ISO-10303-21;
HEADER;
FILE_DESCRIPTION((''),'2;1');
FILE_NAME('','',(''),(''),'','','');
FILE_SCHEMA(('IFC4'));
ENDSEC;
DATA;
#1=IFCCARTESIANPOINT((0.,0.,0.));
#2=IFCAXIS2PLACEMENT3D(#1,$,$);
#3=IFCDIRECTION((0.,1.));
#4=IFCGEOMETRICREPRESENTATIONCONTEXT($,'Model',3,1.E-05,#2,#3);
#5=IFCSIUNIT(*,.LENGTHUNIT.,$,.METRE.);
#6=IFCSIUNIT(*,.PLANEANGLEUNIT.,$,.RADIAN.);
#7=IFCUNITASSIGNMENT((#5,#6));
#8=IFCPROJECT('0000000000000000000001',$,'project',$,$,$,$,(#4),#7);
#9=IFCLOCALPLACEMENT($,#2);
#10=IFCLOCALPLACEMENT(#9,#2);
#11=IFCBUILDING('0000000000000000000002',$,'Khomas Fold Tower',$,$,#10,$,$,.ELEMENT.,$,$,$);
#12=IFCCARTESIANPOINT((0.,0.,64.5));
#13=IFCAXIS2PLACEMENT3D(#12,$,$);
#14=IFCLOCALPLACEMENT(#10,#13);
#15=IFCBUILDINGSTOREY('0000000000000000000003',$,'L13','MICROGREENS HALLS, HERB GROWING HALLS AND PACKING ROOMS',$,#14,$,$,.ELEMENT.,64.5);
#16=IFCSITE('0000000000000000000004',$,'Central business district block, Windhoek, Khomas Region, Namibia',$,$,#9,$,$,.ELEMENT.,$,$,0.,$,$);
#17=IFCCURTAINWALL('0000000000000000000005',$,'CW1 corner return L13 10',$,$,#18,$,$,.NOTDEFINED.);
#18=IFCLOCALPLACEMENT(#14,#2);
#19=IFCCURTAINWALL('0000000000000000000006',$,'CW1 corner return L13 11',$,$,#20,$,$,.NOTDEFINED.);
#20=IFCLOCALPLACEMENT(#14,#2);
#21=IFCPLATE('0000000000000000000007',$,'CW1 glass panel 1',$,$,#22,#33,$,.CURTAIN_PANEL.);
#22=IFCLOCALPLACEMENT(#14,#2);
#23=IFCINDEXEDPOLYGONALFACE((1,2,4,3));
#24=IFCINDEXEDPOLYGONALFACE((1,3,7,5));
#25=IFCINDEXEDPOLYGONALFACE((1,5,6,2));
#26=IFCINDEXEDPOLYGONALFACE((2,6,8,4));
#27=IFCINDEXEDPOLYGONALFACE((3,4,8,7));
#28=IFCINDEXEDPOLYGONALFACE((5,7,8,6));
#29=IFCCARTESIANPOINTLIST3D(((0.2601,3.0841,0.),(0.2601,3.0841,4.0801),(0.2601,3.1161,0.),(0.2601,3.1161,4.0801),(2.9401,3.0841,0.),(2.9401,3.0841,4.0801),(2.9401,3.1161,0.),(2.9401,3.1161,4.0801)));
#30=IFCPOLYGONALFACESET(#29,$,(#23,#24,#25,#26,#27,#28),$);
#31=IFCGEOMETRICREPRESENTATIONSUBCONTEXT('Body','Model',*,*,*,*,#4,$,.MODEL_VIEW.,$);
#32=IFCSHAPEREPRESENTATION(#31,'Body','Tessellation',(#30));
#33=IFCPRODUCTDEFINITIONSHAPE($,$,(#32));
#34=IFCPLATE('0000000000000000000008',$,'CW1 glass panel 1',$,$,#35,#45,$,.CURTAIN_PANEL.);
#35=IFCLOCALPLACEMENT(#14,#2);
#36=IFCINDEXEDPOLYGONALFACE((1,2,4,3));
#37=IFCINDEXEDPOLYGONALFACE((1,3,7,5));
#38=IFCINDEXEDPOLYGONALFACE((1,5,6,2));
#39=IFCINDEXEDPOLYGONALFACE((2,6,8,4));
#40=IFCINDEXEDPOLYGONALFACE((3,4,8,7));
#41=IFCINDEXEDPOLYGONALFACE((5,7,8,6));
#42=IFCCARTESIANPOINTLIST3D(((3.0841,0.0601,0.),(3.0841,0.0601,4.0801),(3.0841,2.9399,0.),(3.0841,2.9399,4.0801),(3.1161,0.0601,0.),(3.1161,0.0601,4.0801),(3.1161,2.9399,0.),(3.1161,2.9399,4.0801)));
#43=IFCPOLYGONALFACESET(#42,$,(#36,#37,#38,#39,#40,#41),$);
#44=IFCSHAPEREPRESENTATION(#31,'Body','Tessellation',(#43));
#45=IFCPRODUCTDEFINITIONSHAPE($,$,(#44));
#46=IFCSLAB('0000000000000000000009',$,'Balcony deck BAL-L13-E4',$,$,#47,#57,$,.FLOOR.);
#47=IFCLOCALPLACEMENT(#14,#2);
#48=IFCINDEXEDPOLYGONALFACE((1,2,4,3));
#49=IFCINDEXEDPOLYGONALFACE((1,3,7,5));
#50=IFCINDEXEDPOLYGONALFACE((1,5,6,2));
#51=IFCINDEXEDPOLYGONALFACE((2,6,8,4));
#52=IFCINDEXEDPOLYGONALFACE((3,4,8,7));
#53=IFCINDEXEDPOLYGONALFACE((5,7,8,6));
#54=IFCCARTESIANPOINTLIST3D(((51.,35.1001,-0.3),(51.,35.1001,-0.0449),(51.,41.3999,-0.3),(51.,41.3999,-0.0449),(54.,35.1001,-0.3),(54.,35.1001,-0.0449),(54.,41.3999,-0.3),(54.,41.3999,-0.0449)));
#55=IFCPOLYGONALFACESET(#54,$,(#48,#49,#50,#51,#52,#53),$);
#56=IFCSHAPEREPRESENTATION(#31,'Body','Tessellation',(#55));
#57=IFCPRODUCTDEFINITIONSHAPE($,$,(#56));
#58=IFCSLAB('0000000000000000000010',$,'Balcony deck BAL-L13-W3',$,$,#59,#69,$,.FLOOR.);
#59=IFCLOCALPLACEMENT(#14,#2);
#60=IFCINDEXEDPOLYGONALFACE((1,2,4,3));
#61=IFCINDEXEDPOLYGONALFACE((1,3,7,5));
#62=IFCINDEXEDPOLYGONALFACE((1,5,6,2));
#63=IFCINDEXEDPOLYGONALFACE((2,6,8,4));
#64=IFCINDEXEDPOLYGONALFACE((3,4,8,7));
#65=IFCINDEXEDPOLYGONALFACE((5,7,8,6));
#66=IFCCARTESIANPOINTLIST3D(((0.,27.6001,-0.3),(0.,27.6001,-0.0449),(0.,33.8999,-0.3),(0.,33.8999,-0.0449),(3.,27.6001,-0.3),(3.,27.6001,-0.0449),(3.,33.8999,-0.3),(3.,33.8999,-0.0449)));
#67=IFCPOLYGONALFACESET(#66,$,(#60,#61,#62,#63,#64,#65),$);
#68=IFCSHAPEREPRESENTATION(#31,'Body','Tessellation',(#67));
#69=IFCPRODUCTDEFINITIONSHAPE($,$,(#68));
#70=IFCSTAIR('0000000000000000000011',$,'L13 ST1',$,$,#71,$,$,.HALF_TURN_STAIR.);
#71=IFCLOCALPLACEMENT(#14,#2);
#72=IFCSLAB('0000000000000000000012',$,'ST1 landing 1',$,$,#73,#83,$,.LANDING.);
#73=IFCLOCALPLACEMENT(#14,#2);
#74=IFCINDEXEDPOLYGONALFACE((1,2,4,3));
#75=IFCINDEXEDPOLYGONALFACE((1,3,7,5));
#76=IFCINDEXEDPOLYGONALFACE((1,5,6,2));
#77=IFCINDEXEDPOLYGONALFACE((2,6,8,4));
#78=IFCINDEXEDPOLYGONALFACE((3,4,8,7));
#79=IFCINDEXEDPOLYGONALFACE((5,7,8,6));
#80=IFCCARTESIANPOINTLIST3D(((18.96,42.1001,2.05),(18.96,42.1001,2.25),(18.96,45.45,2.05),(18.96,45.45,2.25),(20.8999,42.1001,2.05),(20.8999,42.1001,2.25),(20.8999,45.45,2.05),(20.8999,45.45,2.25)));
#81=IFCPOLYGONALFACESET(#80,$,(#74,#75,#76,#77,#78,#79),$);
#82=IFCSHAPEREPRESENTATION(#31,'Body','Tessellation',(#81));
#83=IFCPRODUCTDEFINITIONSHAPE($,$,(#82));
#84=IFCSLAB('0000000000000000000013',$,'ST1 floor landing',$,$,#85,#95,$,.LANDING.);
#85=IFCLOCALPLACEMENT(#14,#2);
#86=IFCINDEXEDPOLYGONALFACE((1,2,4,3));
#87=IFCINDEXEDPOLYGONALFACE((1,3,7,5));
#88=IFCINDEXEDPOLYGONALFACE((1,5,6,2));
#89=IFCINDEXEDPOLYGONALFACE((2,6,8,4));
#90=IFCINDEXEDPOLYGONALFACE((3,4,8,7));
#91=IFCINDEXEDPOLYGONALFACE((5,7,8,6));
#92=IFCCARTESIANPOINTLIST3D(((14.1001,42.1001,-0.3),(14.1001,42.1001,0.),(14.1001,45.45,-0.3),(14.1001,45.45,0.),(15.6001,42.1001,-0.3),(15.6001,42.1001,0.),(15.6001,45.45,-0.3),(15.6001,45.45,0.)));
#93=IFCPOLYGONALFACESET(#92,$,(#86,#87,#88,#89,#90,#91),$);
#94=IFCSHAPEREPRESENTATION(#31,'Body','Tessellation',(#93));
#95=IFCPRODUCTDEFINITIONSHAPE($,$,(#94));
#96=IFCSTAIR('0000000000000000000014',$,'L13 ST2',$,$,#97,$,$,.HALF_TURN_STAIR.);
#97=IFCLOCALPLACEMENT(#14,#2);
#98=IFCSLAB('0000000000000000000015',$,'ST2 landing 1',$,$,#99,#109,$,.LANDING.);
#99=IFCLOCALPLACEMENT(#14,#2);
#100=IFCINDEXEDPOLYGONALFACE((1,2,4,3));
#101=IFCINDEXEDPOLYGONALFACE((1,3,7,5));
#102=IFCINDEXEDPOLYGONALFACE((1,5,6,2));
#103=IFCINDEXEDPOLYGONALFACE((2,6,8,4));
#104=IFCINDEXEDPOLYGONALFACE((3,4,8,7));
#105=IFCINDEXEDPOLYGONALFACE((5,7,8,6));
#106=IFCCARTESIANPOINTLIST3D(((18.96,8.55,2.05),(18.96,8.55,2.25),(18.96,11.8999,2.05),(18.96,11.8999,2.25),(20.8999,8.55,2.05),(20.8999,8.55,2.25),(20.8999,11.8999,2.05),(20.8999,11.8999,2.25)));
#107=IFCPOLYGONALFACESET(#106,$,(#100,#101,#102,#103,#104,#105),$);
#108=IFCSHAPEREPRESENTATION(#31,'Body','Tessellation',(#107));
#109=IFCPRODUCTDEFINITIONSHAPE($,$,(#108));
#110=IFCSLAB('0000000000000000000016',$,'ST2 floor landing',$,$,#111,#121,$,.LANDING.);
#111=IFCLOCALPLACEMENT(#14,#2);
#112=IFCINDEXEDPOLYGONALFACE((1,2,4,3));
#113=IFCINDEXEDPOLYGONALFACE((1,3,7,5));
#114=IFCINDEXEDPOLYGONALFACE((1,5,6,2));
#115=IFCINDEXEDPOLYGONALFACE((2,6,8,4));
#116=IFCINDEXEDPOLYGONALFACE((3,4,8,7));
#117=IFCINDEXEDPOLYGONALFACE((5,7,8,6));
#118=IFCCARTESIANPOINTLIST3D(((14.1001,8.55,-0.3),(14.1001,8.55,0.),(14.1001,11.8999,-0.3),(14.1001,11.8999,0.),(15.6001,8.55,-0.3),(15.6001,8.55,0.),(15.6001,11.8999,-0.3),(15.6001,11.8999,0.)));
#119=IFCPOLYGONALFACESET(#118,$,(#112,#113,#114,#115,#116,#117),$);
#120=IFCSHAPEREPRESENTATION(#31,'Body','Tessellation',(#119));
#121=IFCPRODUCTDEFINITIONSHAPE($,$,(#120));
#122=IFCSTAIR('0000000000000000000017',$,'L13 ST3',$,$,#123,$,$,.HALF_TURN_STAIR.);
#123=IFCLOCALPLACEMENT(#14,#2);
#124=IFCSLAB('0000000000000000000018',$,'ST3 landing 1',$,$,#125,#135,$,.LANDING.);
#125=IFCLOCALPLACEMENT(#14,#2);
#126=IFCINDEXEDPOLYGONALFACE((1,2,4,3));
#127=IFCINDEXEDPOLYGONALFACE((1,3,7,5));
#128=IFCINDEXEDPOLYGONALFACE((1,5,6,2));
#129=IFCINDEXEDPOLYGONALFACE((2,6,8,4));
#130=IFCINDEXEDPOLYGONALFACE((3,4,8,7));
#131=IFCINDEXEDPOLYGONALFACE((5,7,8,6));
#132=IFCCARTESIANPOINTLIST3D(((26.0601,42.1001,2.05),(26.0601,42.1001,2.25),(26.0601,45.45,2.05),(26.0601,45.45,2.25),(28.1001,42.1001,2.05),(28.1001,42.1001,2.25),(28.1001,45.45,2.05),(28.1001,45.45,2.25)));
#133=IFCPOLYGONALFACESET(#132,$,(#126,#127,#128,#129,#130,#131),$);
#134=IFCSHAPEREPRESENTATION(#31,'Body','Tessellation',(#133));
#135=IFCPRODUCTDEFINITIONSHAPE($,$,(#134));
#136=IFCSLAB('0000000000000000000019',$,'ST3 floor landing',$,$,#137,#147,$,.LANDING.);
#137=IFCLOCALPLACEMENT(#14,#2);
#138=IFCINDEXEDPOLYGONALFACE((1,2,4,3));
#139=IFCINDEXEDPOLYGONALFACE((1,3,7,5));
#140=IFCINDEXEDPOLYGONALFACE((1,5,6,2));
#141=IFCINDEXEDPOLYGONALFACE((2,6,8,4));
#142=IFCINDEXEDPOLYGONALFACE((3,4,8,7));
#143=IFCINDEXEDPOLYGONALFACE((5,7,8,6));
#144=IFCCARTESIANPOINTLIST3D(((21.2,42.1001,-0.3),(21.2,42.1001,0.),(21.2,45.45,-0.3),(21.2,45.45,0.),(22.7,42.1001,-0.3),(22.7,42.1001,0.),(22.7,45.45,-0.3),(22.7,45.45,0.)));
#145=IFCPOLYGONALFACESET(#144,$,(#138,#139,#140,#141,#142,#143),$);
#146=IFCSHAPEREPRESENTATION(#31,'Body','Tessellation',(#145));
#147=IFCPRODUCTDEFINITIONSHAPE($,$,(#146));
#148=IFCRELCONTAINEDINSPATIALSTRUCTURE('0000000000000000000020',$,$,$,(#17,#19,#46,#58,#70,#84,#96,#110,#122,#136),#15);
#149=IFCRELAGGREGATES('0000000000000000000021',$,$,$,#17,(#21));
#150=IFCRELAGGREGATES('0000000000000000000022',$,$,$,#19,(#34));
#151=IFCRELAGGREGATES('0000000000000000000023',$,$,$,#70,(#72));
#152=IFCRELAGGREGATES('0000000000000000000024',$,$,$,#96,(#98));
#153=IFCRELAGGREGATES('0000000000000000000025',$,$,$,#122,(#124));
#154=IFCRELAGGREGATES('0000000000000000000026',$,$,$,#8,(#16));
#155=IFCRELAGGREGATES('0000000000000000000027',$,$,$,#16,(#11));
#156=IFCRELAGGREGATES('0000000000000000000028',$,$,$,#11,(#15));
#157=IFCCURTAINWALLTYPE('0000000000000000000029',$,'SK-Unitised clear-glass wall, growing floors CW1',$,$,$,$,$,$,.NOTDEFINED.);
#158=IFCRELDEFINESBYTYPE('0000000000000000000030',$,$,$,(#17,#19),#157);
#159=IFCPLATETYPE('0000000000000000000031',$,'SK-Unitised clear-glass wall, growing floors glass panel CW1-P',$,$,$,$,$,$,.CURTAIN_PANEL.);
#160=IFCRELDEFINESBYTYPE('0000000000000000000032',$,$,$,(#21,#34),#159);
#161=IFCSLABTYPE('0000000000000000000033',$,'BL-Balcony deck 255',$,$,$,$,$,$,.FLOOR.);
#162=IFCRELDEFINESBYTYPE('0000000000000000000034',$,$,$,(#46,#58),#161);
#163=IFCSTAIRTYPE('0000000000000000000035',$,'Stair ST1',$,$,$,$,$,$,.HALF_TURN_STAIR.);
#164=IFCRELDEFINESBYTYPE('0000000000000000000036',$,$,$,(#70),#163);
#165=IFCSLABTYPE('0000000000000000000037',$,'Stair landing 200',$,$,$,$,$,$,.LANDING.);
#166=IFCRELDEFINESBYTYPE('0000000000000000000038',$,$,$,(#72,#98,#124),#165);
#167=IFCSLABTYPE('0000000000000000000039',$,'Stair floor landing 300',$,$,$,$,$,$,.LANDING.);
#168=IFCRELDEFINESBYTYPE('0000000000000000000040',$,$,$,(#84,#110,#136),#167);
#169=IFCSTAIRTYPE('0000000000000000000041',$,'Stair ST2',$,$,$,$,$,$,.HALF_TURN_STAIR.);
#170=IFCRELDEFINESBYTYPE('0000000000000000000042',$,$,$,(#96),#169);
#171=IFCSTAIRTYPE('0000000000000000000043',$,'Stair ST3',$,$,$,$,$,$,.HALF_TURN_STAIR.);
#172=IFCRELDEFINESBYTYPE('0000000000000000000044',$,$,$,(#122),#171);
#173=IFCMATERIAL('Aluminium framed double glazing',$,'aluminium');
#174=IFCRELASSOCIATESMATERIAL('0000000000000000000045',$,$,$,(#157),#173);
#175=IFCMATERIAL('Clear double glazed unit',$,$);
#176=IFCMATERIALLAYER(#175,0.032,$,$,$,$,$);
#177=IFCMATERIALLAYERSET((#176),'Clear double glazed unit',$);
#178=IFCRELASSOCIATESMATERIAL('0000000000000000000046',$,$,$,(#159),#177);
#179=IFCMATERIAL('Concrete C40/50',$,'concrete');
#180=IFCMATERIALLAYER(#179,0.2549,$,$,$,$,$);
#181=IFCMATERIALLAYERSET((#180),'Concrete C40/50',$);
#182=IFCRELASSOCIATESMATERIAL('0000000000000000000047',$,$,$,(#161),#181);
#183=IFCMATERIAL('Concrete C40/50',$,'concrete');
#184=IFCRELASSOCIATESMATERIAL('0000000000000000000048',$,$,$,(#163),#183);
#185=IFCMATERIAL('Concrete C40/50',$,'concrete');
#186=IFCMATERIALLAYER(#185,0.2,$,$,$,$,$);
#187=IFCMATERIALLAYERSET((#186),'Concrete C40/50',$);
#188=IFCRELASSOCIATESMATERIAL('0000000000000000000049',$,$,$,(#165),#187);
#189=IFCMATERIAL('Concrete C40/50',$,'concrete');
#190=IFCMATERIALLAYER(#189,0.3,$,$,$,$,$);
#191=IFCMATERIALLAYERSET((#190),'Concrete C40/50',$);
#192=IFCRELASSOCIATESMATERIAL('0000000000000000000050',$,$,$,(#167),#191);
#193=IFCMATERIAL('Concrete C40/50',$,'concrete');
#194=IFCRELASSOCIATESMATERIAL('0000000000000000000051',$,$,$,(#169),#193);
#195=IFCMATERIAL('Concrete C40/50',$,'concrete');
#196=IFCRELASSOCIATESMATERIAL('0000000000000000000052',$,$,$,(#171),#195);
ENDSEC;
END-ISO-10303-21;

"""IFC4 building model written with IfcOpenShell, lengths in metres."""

from ifc_helpers import new_model, si_unit, direction, frame, origin, origin_2d, place, context, subcontext, project, spatial, polyline, rectangle, outline, extrude, source, transform, mapped, material, layer, layer_set, type_object, element, aggregate, save


model = new_model("IFC4")

# Units and contexts
model_context = context("Model", 3, precision=1e-05, world=origin(), true_north=direction((0.0, 1.0)))
body_context = subcontext(model_context, "Body", "Model", "MODEL_VIEW")
ifc_project = project(units=[si_unit("LENGTHUNIT", "METRE"), si_unit("PLANEANGLEUNIT", "RADIAN")], contexts=[model_context])

# Site, building, storey
site_placement = place(None, origin())
site = spatial("IfcSite", under=ifc_project, at=site_placement, Name="Central business district block, Windhoek, Khomas Region, Namibia", CompositionType="ELEMENT", RefElevation=0.0)
building_placement = place(site_placement, origin())
building = spatial("IfcBuilding", under=site, at=building_placement, Name="Khomas Fold Tower", CompositionType="ELEMENT")
storey_placement = place(building_placement, frame((0.0, 0.0, 64.5)))
storey = spatial("IfcBuildingStorey", under=building, at=storey_placement, Name="L13", Description="MICROGREENS HALLS, HERB GROWING HALLS AND PACKING ROOMS", CompositionType="ELEMENT", Elevation=64.5)

# Curtain walls
ifc_material_1 = material(Name="Aluminium framed double glazing", Category="aluminium")
curtain_wall_type = type_object("IfcCurtainWallType", Name="SK-Unitised clear-glass wall, growing floors CW1", PredefinedType="NOTDEFINED", material=ifc_material_1)
curtain_wall_1_placement = place(storey_placement, origin())
curtain_wall_1 = element("IfcCurtainWall", 1, at=curtain_wall_1_placement, inside=storey, type_object=curtain_wall_type, Name="CW1 corner return L13 10", PredefinedType="NOTDEFINED")
curtain_wall_2_placement = place(storey_placement, origin())
curtain_wall_2 = element("IfcCurtainWall", 2, at=curtain_wall_2_placement, inside=storey, type_object=curtain_wall_type, Name="CW1 corner return L13 11", PredefinedType="NOTDEFINED")

# Plates
ifc_material_2 = material(Name="Clear double glazed unit")
ifc_layer_1 = layer(ifc_material_2, 0.032)
ifc_layer_set_1 = layer_set([ifc_layer_1], Name="Clear double glazed unit")
plate_type = type_object("IfcPlateType", Name="SK-Unitised clear-glass wall, growing floors glass panel CW1-P", PredefinedType="CURTAIN_PANEL", material=ifc_layer_set_1)
shared_shape_1 = source(origin(), body_context, "Body", "SweptSolid", [
    extrude(rectangle(XDim=2.6799, YDim=0.032, at=origin_2d()), origin(), (0.0, 0.0, 1.0), 4.0801),
])
plate_1_placement = place(storey_placement, frame((1.6001, 3.1001, 0.0), z_axis=(0.0, 0.0, 1.0), x_axis=(1.0, 0.0, 0.0)))
plate_1 = element("IfcPlate", 3, at=plate_1_placement, type_object=plate_type, Name="CW1 glass panel 1", PredefinedType="CURTAIN_PANEL", context=body_context, shape_type="MappedRepresentation", body=[
    mapped(shared_shape_1, transform((0.0, 0.0, 0.0))),
])
aggregate(curtain_wall_1, [plate_1])
shared_shape_2 = source(origin(), body_context, "Body", "SweptSolid", [
    extrude(rectangle(XDim=2.8799, YDim=0.032, at=origin_2d()), origin(), (0.0, 0.0, 1.0), 4.0801),
])
plate_2_placement = place(storey_placement, frame((3.1001, 1.5, 0.0), z_axis=(0.0, 0.0, 1.0), x_axis=(0.0, -1.0, 0.0)))
plate_2 = element("IfcPlate", 4, at=plate_2_placement, type_object=plate_type, Name="CW1 glass panel 1", PredefinedType="CURTAIN_PANEL", context=body_context, shape_type="MappedRepresentation", body=[
    mapped(shared_shape_2, transform((0.0, 0.0, 0.0))),
])
aggregate(curtain_wall_2, [plate_2])

# Slabs
ifc_material_3 = material(Name="Concrete C40/50", Category="concrete")
ifc_layer_2 = layer(ifc_material_3, 0.2549)
ifc_layer_set_2 = layer_set([ifc_layer_2], Name="Concrete C40/50")
slab_type_1 = type_object("IfcSlabType", Name="BL-Balcony deck 255", PredefinedType="FLOOR", material=ifc_layer_set_2)
shared_shape_3 = source(origin(), body_context, "Body", "SweptSolid", [
    extrude(outline(polyline([(51.0, 35.1001), (54.0, 35.1001), (54.0, 41.3999), (51.0, 41.3999), (51.0, 35.1001)])), origin(), (0.0, 0.0, 1.0), 0.2551),
])
slab_1_placement = place(storey_placement, frame((0.0, 0.0, -0.3)))
element("IfcSlab", 5, at=slab_1_placement, inside=storey, type_object=slab_type_1, Name="Balcony deck BAL-L13-E4", PredefinedType="FLOOR", context=body_context, shape_type="MappedRepresentation", body=[
    mapped(shared_shape_3, transform((0.0, 0.0, 0.0))),
])
shared_shape_4 = source(origin(), body_context, "Body", "SweptSolid", [
    extrude(outline(polyline([(0.0, 27.6001), (3.0, 27.6001), (3.0, 33.8999), (0.0, 33.8999), (0.0, 27.6001)])), origin(), (0.0, 0.0, 1.0), 0.2551),
])
slab_2_placement = place(storey_placement, frame((0.0, 0.0, -0.3)))
element("IfcSlab", 6, at=slab_2_placement, inside=storey, type_object=slab_type_1, Name="Balcony deck BAL-L13-W3", PredefinedType="FLOOR", context=body_context, shape_type="MappedRepresentation", body=[
    mapped(shared_shape_4, transform((0.0, 0.0, 0.0))),
])

# Stair, slab
ifc_material_4 = material(Name="Concrete C40/50", Category="concrete")
stair_type_1 = type_object("IfcStairType", Name="Stair ST1", PredefinedType="HALF_TURN_STAIR", material=ifc_material_4)
stair_1_placement = place(storey_placement, origin())
stair_1 = element("IfcStair", 7, at=stair_1_placement, inside=storey, type_object=stair_type_1, Name="L13 ST1", PredefinedType="HALF_TURN_STAIR")
ifc_material_5 = material(Name="Concrete C40/50", Category="concrete")
ifc_layer_3 = layer(ifc_material_5, 0.2)
ifc_layer_set_3 = layer_set([ifc_layer_3], Name="Concrete C40/50")
slab_type_2 = type_object("IfcSlabType", Name="Stair landing 200", PredefinedType="LANDING", material=ifc_layer_set_3)
shared_shape_5 = source(origin(), body_context, "Body", "SweptSolid", [
    extrude(outline(polyline([(18.96, 42.1001), (20.8999, 42.1001), (20.8999, 45.45), (18.96, 45.45), (18.96, 42.1001)])), origin(), (0.0, 0.0, 1.0), 0.2),
])
slab_3_placement = place(storey_placement, frame((0.0, 0.0, 2.05)))
slab_3 = element("IfcSlab", 8, at=slab_3_placement, type_object=slab_type_2, Name="ST1 landing 1", PredefinedType="LANDING", context=body_context, shape_type="MappedRepresentation", body=[
    mapped(shared_shape_5, transform((0.0, 0.0, 0.0))),
])
aggregate(stair_1, [slab_3])

# Slab
ifc_material_6 = material(Name="Concrete C40/50", Category="concrete")
ifc_layer_4 = layer(ifc_material_6, 0.3)
ifc_layer_set_4 = layer_set([ifc_layer_4], Name="Concrete C40/50")
slab_type_3 = type_object("IfcSlabType", Name="Stair floor landing 300", PredefinedType="LANDING", material=ifc_layer_set_4)
shared_shape_6 = source(origin(), body_context, "Body", "SweptSolid", [
    extrude(outline(polyline([(15.6001, 42.1001), (14.1001, 42.1001), (14.1001, 45.45), (15.6001, 45.45), (15.6001, 42.1001)])), origin(), (0.0, 0.0, 1.0), 0.3),
])
slab_4_placement = place(storey_placement, frame((0.0, 0.0, -0.3)))
element("IfcSlab", 9, at=slab_4_placement, inside=storey, type_object=slab_type_3, Name="ST1 floor landing", PredefinedType="LANDING", context=body_context, shape_type="MappedRepresentation", body=[
    mapped(shared_shape_6, transform((0.0, 0.0, 0.0))),
])

# Stair, slab
ifc_material_7 = material(Name="Concrete C40/50", Category="concrete")
stair_type_2 = type_object("IfcStairType", Name="Stair ST2", PredefinedType="HALF_TURN_STAIR", material=ifc_material_7)
stair_2_placement = place(storey_placement, origin())
stair_2 = element("IfcStair", 10, at=stair_2_placement, inside=storey, type_object=stair_type_2, Name="L13 ST2", PredefinedType="HALF_TURN_STAIR")
shared_shape_7 = source(origin(), body_context, "Body", "SweptSolid", [
    extrude(outline(polyline([(18.96, 8.55), (20.8999, 8.55), (20.8999, 11.8999), (18.96, 11.8999), (18.96, 8.55)])), origin(), (0.0, 0.0, 1.0), 0.2),
])
slab_5_placement = place(storey_placement, frame((0.0, 0.0, 2.05)))
slab_5 = element("IfcSlab", 11, at=slab_5_placement, type_object=slab_type_2, Name="ST2 landing 1", PredefinedType="LANDING", context=body_context, shape_type="MappedRepresentation", body=[
    mapped(shared_shape_7, transform((0.0, 0.0, 0.0))),
])
aggregate(stair_2, [slab_5])

# Slab
shared_shape_8 = source(origin(), body_context, "Body", "SweptSolid", [
    extrude(outline(polyline([(15.6001, 8.55), (14.1001, 8.55), (14.1001, 11.8999), (15.6001, 11.8999), (15.6001, 8.55)])), origin(), (0.0, 0.0, 1.0), 0.3),
])
slab_6_placement = place(storey_placement, frame((0.0, 0.0, -0.3)))
element("IfcSlab", 12, at=slab_6_placement, inside=storey, type_object=slab_type_3, Name="ST2 floor landing", PredefinedType="LANDING", context=body_context, shape_type="MappedRepresentation", body=[
    mapped(shared_shape_8, transform((0.0, 0.0, 0.0))),
])

# Stair, slab
ifc_material_8 = material(Name="Concrete C40/50", Category="concrete")
stair_type_3 = type_object("IfcStairType", Name="Stair ST3", PredefinedType="HALF_TURN_STAIR", material=ifc_material_8)
stair_3_placement = place(storey_placement, origin())
stair_3 = element("IfcStair", 13, at=stair_3_placement, inside=storey, type_object=stair_type_3, Name="L13 ST3", PredefinedType="HALF_TURN_STAIR")
shared_shape_9 = source(origin(), body_context, "Body", "SweptSolid", [
    extrude(outline(polyline([(26.0601, 42.1001), (28.1001, 42.1001), (28.1001, 45.45), (26.0601, 45.45), (26.0601, 42.1001)])), origin(), (0.0, 0.0, 1.0), 0.2),
])
slab_7_placement = place(storey_placement, frame((0.0, 0.0, 2.05)))
slab_7 = element("IfcSlab", 14, at=slab_7_placement, type_object=slab_type_2, Name="ST3 landing 1", PredefinedType="LANDING", context=body_context, shape_type="MappedRepresentation", body=[
    mapped(shared_shape_9, transform((0.0, 0.0, 0.0))),
])
aggregate(stair_3, [slab_7])

# Slab
shared_shape_10 = source(origin(), body_context, "Body", "SweptSolid", [
    extrude(outline(polyline([(22.7, 42.1001), (21.2, 42.1001), (21.2, 45.45), (22.7, 45.45), (22.7, 42.1001)])), origin(), (0.0, 0.0, 1.0), 0.3),
])
slab_8_placement = place(storey_placement, frame((0.0, 0.0, -0.3)))
element("IfcSlab", 15, at=slab_8_placement, inside=storey, type_object=slab_type_3, Name="ST3 floor landing", PredefinedType="LANDING", context=body_context, shape_type="MappedRepresentation", body=[
    mapped(shared_shape_10, transform((0.0, 0.0, 0.0))),
])

save(model, "model.ifc")
